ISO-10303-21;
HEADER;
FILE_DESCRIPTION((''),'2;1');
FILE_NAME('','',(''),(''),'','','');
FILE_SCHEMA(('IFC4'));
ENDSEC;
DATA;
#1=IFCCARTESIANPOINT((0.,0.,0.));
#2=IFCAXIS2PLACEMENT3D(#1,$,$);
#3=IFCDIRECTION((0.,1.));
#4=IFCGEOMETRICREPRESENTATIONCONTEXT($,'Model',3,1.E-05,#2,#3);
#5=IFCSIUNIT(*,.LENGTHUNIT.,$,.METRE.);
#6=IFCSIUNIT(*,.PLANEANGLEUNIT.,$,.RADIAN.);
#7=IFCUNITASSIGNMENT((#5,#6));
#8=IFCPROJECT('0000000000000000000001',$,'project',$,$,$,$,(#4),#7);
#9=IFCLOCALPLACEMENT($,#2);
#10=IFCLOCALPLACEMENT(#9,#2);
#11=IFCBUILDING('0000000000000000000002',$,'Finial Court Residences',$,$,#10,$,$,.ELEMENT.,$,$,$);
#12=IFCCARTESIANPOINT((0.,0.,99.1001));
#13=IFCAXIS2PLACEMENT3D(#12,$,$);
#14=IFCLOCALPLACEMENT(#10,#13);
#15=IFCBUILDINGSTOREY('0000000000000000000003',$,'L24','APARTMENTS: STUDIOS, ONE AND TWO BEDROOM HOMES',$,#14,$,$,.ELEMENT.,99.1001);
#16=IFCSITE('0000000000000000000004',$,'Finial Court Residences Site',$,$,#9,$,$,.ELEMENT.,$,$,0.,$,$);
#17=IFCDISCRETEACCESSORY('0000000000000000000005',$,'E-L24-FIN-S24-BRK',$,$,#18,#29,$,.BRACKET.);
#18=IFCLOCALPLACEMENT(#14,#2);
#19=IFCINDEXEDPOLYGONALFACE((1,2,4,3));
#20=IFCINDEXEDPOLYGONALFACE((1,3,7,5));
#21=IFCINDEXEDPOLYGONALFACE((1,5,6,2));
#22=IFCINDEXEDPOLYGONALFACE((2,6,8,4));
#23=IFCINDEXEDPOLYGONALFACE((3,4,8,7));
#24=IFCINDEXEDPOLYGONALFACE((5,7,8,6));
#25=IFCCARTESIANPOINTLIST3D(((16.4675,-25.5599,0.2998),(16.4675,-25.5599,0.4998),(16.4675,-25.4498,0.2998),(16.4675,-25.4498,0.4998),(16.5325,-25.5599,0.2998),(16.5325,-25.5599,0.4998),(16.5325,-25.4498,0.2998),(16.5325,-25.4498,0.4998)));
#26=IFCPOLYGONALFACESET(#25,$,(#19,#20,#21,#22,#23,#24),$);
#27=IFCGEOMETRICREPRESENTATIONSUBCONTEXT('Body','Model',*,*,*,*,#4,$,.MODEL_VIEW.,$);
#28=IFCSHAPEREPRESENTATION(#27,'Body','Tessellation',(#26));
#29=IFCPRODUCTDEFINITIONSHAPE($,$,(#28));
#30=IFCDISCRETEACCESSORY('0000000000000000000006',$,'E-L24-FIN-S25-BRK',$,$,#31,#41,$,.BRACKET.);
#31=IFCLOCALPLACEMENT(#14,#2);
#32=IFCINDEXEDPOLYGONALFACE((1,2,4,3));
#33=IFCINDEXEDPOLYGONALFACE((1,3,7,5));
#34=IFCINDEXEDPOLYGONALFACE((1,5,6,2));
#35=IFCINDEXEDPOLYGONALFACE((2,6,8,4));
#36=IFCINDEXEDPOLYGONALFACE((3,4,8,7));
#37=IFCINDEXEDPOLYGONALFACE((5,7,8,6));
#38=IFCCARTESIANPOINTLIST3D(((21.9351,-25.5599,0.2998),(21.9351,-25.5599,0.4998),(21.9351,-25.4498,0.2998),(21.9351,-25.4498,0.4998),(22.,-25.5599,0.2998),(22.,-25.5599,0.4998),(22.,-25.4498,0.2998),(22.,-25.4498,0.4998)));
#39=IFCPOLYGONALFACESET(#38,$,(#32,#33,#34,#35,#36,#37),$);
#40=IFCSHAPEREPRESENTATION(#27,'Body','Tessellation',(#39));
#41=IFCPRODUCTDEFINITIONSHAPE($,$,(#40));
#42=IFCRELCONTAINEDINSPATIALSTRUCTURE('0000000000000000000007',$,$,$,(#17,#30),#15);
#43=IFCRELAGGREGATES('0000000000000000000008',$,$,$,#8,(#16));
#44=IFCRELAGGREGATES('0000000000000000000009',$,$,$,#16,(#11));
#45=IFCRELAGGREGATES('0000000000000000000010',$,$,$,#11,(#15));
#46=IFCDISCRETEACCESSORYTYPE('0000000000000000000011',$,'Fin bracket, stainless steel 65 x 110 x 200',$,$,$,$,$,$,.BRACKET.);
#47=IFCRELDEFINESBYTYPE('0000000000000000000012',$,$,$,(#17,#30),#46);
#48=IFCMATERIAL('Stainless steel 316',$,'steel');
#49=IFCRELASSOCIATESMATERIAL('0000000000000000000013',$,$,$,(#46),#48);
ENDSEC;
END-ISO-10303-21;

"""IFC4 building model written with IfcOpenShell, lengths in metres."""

from ifc_helpers import new_model, si_unit, direction, frame, origin, origin_2d, place, context, subcontext, project, spatial, rectangle, extrude, material, type_object, element, save


model = new_model("IFC4")

# Units and contexts
model_context = context("Model", 3, precision=1e-05, world=origin(), true_north=direction((0.0, 1.0)))
body_context = subcontext(model_context, "Body", "Model", "MODEL_VIEW")
ifc_project = project(units=[si_unit("LENGTHUNIT", "METRE"), si_unit("PLANEANGLEUNIT", "RADIAN")], contexts=[model_context])

# Site, building, storey
site_placement = place(None, origin())
site = spatial("IfcSite", under=ifc_project, at=site_placement, Name="Finial Court Residences Site", CompositionType="ELEMENT", RefElevation=0.0)
building_placement = place(site_placement, origin())
building = spatial("IfcBuilding", under=site, at=building_placement, Name="Finial Court Residences", CompositionType="ELEMENT")
storey_placement = place(building_placement, frame((0.0, 0.0, 99.1001)))
storey = spatial("IfcBuildingStorey", under=building, at=storey_placement, Name="L24", Description="APARTMENTS: STUDIOS, ONE AND TWO BEDROOM HOMES", CompositionType="ELEMENT", Elevation=99.1001)

# Discrete accessories
ifc_material_1 = material(Name="Stainless steel 316", Category="steel")
discrete_accessory_type = type_object("IfcDiscreteAccessoryType", Name="Fin bracket, stainless steel 65 x 110 x 200", PredefinedType="BRACKET", material=ifc_material_1)
for number, where, z_axis, x_axis, name in (
    (1, (16.5, -25.5049, 0.2998), (0.0, 0.0, 1.0), (1.0, 0.0, 0.0), "E-L24-FIN-S24-BRK"),
    (2, (21.9675, -25.5049, 0.2998), (0.0, 0.0, 1.0), (1.0, 0.0, 0.0), "E-L24-FIN-S25-BRK"),
):
    element("IfcDiscreteAccessory", number, at=place(storey_placement, frame(where, z_axis=z_axis, x_axis=x_axis)), inside=storey, type_object=discrete_accessory_type, Name=name, PredefinedType="BRACKET", context=body_context, shape_type="SweptSolid", body=[
        extrude(rectangle(XDim=0.0649, YDim=0.1101, at=origin_2d()), origin(), (0.0, 0.0, 1.0), 0.2),
    ])

save(model, "model.ifc")
